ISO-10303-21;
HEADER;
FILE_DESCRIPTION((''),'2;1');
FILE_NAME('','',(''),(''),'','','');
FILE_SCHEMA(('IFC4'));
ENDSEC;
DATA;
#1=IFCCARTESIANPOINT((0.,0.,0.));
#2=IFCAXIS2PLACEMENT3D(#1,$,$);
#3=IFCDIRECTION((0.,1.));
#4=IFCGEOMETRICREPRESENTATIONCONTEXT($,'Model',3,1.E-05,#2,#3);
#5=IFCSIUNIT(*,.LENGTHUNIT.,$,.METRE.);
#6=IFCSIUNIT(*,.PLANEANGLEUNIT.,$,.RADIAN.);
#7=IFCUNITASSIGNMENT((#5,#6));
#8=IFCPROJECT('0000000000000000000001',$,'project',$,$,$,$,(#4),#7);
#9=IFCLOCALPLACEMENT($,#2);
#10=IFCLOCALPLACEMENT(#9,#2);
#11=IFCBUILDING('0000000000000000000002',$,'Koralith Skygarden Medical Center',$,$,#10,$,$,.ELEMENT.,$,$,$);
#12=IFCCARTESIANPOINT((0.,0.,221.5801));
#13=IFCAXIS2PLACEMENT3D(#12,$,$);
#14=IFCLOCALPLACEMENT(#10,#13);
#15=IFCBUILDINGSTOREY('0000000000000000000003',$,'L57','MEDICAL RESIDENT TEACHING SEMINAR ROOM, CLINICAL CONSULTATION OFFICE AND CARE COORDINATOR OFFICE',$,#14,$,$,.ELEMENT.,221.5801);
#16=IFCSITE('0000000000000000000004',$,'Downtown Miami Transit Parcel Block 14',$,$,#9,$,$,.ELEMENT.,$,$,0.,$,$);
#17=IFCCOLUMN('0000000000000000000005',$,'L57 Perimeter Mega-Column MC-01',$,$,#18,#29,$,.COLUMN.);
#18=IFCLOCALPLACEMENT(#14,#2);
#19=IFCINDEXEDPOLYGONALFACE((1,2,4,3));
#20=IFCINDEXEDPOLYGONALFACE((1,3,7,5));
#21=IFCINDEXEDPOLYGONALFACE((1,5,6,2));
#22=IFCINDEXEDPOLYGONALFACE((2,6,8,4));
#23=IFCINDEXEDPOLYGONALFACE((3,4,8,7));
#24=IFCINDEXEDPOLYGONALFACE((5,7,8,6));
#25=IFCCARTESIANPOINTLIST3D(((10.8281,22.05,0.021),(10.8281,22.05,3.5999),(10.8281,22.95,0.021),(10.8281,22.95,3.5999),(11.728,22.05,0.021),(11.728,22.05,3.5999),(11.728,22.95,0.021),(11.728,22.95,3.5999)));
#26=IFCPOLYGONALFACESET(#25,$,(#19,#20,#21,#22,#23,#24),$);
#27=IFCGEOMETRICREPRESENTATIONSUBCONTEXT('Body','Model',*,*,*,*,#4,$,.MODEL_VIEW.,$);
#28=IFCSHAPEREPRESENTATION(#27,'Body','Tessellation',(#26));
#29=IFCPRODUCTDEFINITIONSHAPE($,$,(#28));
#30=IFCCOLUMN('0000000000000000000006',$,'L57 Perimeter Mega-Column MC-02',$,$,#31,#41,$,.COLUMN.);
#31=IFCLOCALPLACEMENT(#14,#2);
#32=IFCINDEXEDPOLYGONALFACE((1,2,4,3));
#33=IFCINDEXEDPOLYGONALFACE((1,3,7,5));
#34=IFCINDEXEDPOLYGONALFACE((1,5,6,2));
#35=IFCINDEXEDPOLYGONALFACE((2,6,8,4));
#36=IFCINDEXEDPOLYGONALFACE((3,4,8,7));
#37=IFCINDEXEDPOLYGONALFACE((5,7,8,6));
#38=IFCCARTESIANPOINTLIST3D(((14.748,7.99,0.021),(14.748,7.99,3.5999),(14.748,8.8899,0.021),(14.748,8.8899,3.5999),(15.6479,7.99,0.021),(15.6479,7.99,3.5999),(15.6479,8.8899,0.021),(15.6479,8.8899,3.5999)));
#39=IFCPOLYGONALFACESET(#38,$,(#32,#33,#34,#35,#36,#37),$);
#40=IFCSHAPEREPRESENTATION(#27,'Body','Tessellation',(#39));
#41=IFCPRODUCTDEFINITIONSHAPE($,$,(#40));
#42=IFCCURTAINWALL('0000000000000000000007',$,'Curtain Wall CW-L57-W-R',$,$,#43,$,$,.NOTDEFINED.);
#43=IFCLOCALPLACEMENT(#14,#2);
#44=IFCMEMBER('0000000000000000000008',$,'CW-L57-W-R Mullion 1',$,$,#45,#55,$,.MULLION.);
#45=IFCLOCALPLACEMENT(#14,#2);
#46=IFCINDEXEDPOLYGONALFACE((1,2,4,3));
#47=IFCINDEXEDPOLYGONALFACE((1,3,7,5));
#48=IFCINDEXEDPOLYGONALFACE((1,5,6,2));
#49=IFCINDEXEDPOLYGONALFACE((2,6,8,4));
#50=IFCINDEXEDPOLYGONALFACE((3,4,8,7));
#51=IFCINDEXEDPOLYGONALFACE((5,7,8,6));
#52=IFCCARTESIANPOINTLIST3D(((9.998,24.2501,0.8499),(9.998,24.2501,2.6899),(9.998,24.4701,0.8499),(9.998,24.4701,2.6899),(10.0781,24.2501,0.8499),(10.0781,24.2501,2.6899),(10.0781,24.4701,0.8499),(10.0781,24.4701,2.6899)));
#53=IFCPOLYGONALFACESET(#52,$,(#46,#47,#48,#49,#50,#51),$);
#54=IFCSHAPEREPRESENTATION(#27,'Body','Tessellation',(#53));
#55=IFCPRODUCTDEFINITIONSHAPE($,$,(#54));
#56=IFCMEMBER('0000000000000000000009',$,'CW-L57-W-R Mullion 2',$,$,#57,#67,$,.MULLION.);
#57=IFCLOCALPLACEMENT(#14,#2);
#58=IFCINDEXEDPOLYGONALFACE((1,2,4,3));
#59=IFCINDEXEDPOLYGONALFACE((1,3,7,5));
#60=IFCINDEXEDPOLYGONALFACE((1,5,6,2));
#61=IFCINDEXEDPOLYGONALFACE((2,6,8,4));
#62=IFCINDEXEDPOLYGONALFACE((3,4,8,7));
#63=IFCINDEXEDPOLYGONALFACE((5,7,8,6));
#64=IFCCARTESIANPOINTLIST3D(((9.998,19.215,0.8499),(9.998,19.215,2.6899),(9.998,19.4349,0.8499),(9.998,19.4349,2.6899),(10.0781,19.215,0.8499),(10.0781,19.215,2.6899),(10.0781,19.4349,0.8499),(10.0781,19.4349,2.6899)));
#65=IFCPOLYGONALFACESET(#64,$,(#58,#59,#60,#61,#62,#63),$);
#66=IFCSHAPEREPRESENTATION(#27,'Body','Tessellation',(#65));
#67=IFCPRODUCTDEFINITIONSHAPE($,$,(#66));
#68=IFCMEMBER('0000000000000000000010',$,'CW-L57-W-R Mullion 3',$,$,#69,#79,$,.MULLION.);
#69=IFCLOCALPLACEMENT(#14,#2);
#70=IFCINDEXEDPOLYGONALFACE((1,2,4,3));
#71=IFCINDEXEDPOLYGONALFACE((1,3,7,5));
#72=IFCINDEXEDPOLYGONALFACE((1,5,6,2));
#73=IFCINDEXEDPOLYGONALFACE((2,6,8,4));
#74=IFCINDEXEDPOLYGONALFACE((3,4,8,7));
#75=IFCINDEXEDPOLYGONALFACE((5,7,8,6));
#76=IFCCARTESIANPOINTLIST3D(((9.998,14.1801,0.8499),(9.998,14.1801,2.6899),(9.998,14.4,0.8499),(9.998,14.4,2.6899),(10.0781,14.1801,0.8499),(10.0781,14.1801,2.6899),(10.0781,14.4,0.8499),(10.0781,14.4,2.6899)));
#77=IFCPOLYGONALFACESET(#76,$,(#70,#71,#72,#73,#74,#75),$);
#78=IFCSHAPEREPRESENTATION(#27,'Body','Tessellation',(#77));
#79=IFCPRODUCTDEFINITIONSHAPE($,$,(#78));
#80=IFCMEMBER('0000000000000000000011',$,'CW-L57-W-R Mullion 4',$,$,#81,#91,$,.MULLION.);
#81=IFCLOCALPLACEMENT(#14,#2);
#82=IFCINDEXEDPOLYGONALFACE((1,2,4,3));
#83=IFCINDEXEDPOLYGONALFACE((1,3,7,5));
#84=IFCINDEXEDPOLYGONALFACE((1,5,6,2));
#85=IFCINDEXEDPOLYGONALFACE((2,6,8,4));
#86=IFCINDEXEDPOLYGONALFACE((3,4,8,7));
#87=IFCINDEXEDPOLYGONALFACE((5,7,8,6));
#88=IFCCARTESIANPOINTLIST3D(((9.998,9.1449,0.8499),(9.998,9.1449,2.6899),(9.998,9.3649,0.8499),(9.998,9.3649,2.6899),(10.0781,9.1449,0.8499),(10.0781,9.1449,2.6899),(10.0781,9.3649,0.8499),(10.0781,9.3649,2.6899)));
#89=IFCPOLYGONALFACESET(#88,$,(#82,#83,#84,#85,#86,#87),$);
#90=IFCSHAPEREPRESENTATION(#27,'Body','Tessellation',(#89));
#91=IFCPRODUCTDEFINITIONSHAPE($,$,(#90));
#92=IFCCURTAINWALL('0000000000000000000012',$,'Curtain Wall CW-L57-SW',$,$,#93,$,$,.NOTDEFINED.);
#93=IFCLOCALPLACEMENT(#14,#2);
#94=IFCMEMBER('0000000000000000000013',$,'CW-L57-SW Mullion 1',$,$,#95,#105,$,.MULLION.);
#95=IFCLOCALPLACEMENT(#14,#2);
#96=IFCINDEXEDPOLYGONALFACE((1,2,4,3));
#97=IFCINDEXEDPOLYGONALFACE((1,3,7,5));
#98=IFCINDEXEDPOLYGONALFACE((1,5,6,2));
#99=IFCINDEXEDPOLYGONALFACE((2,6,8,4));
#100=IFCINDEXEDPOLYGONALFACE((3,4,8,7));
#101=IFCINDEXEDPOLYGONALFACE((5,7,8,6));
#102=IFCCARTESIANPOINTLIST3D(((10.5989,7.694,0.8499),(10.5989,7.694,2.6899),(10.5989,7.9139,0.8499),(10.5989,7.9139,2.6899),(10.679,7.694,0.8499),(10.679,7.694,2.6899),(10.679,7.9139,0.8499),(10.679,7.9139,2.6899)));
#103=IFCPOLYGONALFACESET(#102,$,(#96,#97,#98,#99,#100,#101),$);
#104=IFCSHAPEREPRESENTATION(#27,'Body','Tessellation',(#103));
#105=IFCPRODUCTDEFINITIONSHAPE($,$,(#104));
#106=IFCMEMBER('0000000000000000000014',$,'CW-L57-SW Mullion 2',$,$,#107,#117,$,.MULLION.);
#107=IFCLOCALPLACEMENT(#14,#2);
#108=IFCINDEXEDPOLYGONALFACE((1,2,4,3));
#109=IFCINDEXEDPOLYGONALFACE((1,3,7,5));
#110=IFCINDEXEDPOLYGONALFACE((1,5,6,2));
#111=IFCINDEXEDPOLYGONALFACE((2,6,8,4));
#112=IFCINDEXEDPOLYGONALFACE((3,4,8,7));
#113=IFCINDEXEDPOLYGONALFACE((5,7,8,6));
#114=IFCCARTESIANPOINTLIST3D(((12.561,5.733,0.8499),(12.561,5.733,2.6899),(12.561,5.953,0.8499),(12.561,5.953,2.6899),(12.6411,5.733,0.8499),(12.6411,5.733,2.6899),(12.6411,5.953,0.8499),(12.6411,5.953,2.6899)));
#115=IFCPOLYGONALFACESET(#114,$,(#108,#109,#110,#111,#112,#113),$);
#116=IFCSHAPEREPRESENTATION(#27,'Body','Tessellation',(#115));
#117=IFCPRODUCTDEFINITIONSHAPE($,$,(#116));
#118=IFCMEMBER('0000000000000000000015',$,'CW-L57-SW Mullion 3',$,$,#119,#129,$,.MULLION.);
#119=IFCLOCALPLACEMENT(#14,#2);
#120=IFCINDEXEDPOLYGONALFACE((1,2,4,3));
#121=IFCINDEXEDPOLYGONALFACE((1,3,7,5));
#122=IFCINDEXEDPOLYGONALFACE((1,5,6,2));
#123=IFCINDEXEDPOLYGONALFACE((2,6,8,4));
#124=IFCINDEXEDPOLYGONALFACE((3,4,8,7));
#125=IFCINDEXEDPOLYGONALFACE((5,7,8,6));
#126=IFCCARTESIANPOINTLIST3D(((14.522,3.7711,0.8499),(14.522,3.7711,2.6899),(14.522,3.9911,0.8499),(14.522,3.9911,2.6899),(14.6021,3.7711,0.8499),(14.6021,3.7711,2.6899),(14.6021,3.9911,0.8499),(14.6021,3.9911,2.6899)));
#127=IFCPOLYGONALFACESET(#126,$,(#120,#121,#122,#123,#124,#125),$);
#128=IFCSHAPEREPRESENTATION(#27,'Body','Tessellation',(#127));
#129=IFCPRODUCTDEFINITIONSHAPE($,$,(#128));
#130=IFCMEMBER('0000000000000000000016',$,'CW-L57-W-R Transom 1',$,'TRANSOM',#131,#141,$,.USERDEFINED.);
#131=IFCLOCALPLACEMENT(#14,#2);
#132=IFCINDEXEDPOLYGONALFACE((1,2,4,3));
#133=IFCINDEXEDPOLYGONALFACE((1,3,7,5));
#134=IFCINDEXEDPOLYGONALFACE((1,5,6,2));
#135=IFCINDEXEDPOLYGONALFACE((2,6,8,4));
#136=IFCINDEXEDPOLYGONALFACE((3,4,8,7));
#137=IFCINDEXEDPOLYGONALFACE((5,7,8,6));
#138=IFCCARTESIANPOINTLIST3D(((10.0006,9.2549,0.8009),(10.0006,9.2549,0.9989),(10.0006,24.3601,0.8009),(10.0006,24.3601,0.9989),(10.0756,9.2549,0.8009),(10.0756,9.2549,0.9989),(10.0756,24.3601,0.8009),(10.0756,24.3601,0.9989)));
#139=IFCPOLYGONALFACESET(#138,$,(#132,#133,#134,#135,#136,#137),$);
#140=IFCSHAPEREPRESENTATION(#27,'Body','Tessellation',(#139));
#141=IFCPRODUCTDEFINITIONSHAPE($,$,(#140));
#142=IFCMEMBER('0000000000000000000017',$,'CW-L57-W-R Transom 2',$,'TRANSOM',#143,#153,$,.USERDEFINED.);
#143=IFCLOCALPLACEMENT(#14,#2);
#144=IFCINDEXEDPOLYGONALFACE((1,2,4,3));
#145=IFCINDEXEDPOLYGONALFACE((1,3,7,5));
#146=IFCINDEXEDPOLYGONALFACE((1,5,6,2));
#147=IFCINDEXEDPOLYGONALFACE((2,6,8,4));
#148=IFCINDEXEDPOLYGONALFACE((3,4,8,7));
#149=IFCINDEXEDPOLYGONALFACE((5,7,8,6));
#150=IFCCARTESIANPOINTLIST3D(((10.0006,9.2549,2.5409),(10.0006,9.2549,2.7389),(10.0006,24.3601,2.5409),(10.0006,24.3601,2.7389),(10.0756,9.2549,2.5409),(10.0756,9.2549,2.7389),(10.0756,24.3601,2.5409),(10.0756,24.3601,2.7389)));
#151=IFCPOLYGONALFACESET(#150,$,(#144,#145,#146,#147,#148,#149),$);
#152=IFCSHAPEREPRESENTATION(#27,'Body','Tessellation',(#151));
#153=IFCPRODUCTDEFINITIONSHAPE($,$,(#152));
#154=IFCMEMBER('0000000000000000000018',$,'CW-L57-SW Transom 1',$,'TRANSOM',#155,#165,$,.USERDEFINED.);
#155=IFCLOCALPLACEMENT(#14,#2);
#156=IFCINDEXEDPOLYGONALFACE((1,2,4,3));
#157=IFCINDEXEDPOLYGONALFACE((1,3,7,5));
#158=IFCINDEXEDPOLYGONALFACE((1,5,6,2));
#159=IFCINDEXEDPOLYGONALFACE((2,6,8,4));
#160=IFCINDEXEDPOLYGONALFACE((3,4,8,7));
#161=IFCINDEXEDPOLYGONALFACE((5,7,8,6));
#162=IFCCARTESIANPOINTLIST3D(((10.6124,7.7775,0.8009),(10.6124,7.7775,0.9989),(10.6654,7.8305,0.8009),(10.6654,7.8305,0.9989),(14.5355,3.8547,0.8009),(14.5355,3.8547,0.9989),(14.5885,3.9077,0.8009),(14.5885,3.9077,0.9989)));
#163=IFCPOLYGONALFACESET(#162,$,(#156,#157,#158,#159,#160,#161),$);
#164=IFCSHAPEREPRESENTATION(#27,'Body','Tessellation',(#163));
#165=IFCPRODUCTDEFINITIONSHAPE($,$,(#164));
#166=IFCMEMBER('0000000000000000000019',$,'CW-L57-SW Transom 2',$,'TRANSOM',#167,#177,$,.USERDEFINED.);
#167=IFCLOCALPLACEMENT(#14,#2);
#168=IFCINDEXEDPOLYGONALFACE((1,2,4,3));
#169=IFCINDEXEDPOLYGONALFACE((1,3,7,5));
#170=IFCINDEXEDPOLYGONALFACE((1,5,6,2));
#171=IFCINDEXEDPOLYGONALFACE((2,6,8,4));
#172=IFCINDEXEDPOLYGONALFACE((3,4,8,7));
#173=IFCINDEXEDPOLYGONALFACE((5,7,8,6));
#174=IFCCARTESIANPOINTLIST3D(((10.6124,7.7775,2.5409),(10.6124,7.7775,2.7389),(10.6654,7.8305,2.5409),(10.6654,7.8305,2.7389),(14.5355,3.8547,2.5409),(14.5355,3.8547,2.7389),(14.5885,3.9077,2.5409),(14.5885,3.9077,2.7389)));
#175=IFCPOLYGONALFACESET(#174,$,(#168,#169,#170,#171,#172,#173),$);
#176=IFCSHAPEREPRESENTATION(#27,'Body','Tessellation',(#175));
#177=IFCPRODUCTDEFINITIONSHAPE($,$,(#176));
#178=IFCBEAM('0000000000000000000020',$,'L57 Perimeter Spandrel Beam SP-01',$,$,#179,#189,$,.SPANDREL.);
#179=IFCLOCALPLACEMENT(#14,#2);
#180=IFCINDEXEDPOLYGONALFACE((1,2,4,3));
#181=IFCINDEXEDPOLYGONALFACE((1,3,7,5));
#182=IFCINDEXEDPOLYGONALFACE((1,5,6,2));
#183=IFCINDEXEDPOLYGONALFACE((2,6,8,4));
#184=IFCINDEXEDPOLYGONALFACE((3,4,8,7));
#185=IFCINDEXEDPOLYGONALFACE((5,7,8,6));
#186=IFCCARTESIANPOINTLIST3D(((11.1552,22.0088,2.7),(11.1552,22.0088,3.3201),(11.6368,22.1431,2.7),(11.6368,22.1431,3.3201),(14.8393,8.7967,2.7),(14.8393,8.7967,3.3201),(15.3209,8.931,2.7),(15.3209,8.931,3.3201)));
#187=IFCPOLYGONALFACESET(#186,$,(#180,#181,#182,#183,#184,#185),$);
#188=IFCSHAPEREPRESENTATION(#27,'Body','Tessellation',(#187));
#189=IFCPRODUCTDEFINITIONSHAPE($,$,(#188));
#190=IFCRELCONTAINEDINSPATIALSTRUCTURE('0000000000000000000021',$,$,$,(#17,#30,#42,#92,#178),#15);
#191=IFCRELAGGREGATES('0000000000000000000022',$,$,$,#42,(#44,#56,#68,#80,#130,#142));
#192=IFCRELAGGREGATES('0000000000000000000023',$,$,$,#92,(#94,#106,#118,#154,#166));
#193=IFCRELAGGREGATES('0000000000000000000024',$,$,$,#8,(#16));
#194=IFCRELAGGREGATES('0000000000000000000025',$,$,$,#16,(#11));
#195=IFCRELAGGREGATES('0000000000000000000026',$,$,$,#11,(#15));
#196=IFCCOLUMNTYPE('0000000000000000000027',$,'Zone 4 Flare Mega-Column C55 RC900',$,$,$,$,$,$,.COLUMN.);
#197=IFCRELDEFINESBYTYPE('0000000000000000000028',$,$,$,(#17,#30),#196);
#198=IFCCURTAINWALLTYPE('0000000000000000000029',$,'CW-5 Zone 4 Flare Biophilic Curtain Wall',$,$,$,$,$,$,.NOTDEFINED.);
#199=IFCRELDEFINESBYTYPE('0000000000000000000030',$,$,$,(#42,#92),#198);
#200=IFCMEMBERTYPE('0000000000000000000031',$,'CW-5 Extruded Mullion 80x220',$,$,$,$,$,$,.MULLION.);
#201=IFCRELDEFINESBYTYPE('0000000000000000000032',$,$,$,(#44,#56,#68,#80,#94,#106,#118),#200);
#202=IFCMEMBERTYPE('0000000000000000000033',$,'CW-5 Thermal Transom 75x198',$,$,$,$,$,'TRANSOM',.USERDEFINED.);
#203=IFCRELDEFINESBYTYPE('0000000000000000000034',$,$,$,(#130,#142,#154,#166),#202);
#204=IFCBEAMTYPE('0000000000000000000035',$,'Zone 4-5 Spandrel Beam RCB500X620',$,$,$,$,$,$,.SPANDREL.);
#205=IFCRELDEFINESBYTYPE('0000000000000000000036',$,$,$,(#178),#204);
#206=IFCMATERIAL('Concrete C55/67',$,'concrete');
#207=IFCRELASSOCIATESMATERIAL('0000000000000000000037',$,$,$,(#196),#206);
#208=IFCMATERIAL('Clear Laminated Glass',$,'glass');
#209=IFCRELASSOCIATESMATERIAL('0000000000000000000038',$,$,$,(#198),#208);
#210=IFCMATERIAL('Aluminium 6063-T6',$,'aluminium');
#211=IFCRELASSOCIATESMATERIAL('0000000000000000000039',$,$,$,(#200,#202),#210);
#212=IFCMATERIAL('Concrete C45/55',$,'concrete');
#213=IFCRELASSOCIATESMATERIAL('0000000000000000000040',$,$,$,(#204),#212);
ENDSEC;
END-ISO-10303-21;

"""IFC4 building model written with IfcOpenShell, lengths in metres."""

from ifc_helpers import new_model, si_unit, direction, frame, origin, origin_2d, place, context, subcontext, project, spatial, rectangle, extrude, material, material_profile, profile_set, type_object, element, aggregate, save


model = new_model("IFC4")

# Units and contexts
model_context = context("Model", 3, precision=1e-05, world=origin(), true_north=direction((0.0, 1.0)))
body_context = subcontext(model_context, "Body", "Model", "MODEL_VIEW")
ifc_project = project(units=[si_unit("LENGTHUNIT", "METRE"), si_unit("PLANEANGLEUNIT", "RADIAN")], contexts=[model_context])

# Site, building, storey
site_placement = place(None, origin())
site = spatial("IfcSite", under=ifc_project, at=site_placement, Name="Downtown Miami Transit Parcel Block 14", CompositionType="ELEMENT", RefElevation=0.0)
building_placement = place(site_placement, origin())
building = spatial("IfcBuilding", under=site, at=building_placement, Name="Koralith Skygarden Medical Center", CompositionType="ELEMENT")
storey_placement = place(building_placement, frame((0.0, 0.0, 221.5801)))
storey = spatial("IfcBuildingStorey", under=building, at=storey_placement, Name="L57", Description="MEDICAL RESIDENT TEACHING SEMINAR ROOM, CLINICAL CONSULTATION OFFICE AND CARE COORDINATOR OFFICE", CompositionType="ELEMENT", Elevation=221.5801)

# Columns
ifc_material_1 = material(Name="Concrete C55/67", Category="concrete")
ifc_material_profile_1 = material_profile(ifc_material_1, rectangle(XDim=0.8999, YDim=0.8999, at=origin_2d()), Name="RC900X900")
ifc_profile_set_1 = profile_set([ifc_material_profile_1], Name="Concrete C55/67")
column_type = type_object("IfcColumnType", Name="Zone 4 Flare Mega-Column C55 RC900", PredefinedType="COLUMN", material=ifc_profile_set_1)
for number, where, z_axis, x_axis, name in (
    (1, (11.2781, 22.5, 0.021), (0.0, 0.0, 1.0), (1.0, 0.0, 0.0), "L57 Perimeter Mega-Column MC-01"),
    (2, (15.198, 8.4399, 0.021), (0.0, 0.0, 1.0), (1.0, 0.0, 0.0), "L57 Perimeter Mega-Column MC-02"),
):
    element("IfcColumn", number, at=place(storey_placement, frame(where, z_axis=z_axis, x_axis=x_axis)), inside=storey, type_object=column_type, Name=name, PredefinedType="COLUMN", context=body_context, shape_type="SweptSolid", body=[
        extrude(rectangle(XDim=0.8999, YDim=0.8999, at=origin_2d()), origin(), (0.0, 0.0, 1.0), 3.5789),
    ])

# Curtain walls, members
ifc_material_2 = material(Name="Clear Laminated Glass", Category="glass")
curtain_wall_type = type_object("IfcCurtainWallType", Name="CW-5 Zone 4 Flare Biophilic Curtain Wall", PredefinedType="NOTDEFINED", material=ifc_material_2)
curtain_wall_1_placement = place(storey_placement, origin())
curtain_wall_1 = element("IfcCurtainWall", 3, at=curtain_wall_1_placement, inside=storey, type_object=curtain_wall_type, Name="Curtain Wall CW-L57-W-R", PredefinedType="NOTDEFINED")
ifc_material_3 = material(Name="Aluminium 6063-T6", Category="aluminium")
ifc_material_profile_2 = material_profile(ifc_material_3, rectangle(XDim=0.0801, YDim=0.22, at=origin_2d()), Name="MUL80X220")
ifc_profile_set_2 = profile_set([ifc_material_profile_2], Name="Aluminium 6063-T6")
member_type_1 = type_object("IfcMemberType", Name="CW-5 Extruded Mullion 80x220", PredefinedType="MULLION", material=ifc_profile_set_2)
member_1_placement = place(storey_placement, frame((10.0381, 24.3601, 0.8499), z_axis=(0.0, 0.0, 1.0), x_axis=(1.0, 0.0, 0.0)))
member_1 = element("IfcMember", 4, at=member_1_placement, type_object=member_type_1, Name="CW-L57-W-R Mullion 1", PredefinedType="MULLION", context=body_context, shape_type="SweptSolid", body=[
    extrude(rectangle(XDim=0.0801, YDim=0.22, at=origin_2d()), origin(), (0.0, 0.0, 1.0), 1.8401),
])
member_2_placement = place(storey_placement, frame((10.0381, 19.325, 0.8499), z_axis=(0.0, 0.0, 1.0), x_axis=(1.0, 0.0, 0.0)))
member_2 = element("IfcMember", 5, at=member_2_placement, type_object=member_type_1, Name="CW-L57-W-R Mullion 2", PredefinedType="MULLION", context=body_context, shape_type="SweptSolid", body=[
    extrude(rectangle(XDim=0.0801, YDim=0.22, at=origin_2d()), origin(), (0.0, 0.0, 1.0), 1.8401),
])
member_3_placement = place(storey_placement, frame((10.0381, 14.29, 0.8499), z_axis=(0.0, 0.0, 1.0), x_axis=(1.0, 0.0, 0.0)))
member_3 = element("IfcMember", 6, at=member_3_placement, type_object=member_type_1, Name="CW-L57-W-R Mullion 3", PredefinedType="MULLION", context=body_context, shape_type="SweptSolid", body=[
    extrude(rectangle(XDim=0.0801, YDim=0.22, at=origin_2d()), origin(), (0.0, 0.0, 1.0), 1.8401),
])
member_4_placement = place(storey_placement, frame((10.0381, 9.2549, 0.8499), z_axis=(0.0, 0.0, 1.0), x_axis=(1.0, 0.0, 0.0)))
member_4 = element("IfcMember", 7, at=member_4_placement, type_object=member_type_1, Name="CW-L57-W-R Mullion 4", PredefinedType="MULLION", context=body_context, shape_type="SweptSolid", body=[
    extrude(rectangle(XDim=0.0801, YDim=0.22, at=origin_2d()), origin(), (0.0, 0.0, 1.0), 1.8401),
])
curtain_wall_2_placement = place(storey_placement, origin())
curtain_wall_2 = element("IfcCurtainWall", 8, at=curtain_wall_2_placement, inside=storey, type_object=curtain_wall_type, Name="Curtain Wall CW-L57-SW", PredefinedType="NOTDEFINED")
member_5_placement = place(storey_placement, frame((10.6389, 7.804, 0.8499), z_axis=(0.0, 0.0, 1.0), x_axis=(1.0, 0.0, 0.0)))
member_5 = element("IfcMember", 9, at=member_5_placement, type_object=member_type_1, Name="CW-L57-SW Mullion 1", PredefinedType="MULLION", context=body_context, shape_type="SweptSolid", body=[
    extrude(rectangle(XDim=0.0801, YDim=0.22, at=origin_2d()), origin(), (0.0, 0.0, 1.0), 1.8401),
])
member_6_placement = place(storey_placement, frame((12.6011, 5.843, 0.8499), z_axis=(0.0, 0.0, 1.0), x_axis=(1.0, 0.0, 0.0)))
member_6 = element("IfcMember", 10, at=member_6_placement, type_object=member_type_1, Name="CW-L57-SW Mullion 2", PredefinedType="MULLION", context=body_context, shape_type="SweptSolid", body=[
    extrude(rectangle(XDim=0.0801, YDim=0.22, at=origin_2d()), origin(), (0.0, 0.0, 1.0), 1.8401),
])
member_7_placement = place(storey_placement, frame((14.562, 3.8811, 0.8499), z_axis=(0.0, 0.0, 1.0), x_axis=(1.0, 0.0, 0.0)))
member_7 = element("IfcMember", 11, at=member_7_placement, type_object=member_type_1, Name="CW-L57-SW Mullion 3", PredefinedType="MULLION", context=body_context, shape_type="SweptSolid", body=[
    extrude(rectangle(XDim=0.0801, YDim=0.22, at=origin_2d()), origin(), (0.0, 0.0, 1.0), 1.8401),
])

# Members
ifc_material_profile_3 = material_profile(ifc_material_3, rectangle(XDim=0.075, YDim=0.198, at=origin_2d()), Name="TRN75X198")
ifc_profile_set_3 = profile_set([ifc_material_profile_3], Name="Aluminium 6063-T6")
member_type_2 = type_object("IfcMemberType", Name="CW-5 Thermal Transom 75x198", ElementType="TRANSOM", PredefinedType="USERDEFINED", material=ifc_profile_set_3)
member_8_placement = place(storey_placement, frame((10.0381, 24.3601, 0.8999), z_axis=(0.0, -1.0, 0.0), x_axis=(1.0, 0.0, 0.0)))
member_8 = element("IfcMember", 12, at=member_8_placement, type_object=member_type_2, Name="CW-L57-W-R Transom 1", ObjectType="TRANSOM", PredefinedType="USERDEFINED", context=body_context, shape_type="SweptSolid", body=[
    extrude(rectangle(XDim=0.075, YDim=0.198, at=origin_2d()), origin(), (0.0, 0.0, 1.0), 15.1052),
])
member_9_placement = place(storey_placement, frame((10.0381, 24.3601, 2.6399), z_axis=(0.0, -1.0, 0.0), x_axis=(1.0, 0.0, 0.0)))
member_9 = element("IfcMember", 13, at=member_9_placement, type_object=member_type_2, Name="CW-L57-W-R Transom 2", ObjectType="TRANSOM", PredefinedType="USERDEFINED", context=body_context, shape_type="SweptSolid", body=[
    extrude(rectangle(XDim=0.075, YDim=0.198, at=origin_2d()), origin(), (0.0, 0.0, 1.0), 15.1052),
])
member_10_placement = place(storey_placement, frame((10.6389, 7.804, 0.8999), z_axis=(0.707129, -0.707085, 0.0), x_axis=(0.707085, 0.707129, 0.0)))
member_10 = element("IfcMember", 14, at=member_10_placement, type_object=member_type_2, Name="CW-L57-SW Transom 1", ObjectType="TRANSOM", PredefinedType="USERDEFINED", context=body_context, shape_type="SweptSolid", body=[
    extrude(rectangle(XDim=0.075, YDim=0.198, at=origin_2d()), origin(), (0.0, 0.0, 1.0), 5.5479),
])
member_11_placement = place(storey_placement, frame((10.6389, 7.804, 2.6399), z_axis=(0.707129, -0.707085, 0.0), x_axis=(0.707085, 0.707129, 0.0)))
member_11 = element("IfcMember", 15, at=member_11_placement, type_object=member_type_2, Name="CW-L57-SW Transom 2", ObjectType="TRANSOM", PredefinedType="USERDEFINED", context=body_context, shape_type="SweptSolid", body=[
    extrude(rectangle(XDim=0.075, YDim=0.198, at=origin_2d()), origin(), (0.0, 0.0, 1.0), 5.5479),
])

# Beam
ifc_material_4 = material(Name="Concrete C45/55", Category="concrete")
ifc_material_profile_4 = material_profile(ifc_material_4, rectangle(XDim=0.5, YDim=0.6201, at=origin_2d()), Name="RCB500X620")
ifc_profile_set_4 = profile_set([ifc_material_profile_4], Name="Concrete C45/55")
beam_type = type_object("IfcBeamType", Name="Zone 4-5 Spandrel Beam RCB500X620", PredefinedType="SPANDREL", material=ifc_profile_set_4)
beam_placement = place(storey_placement, frame((11.396, 22.0759, 3.01), z_axis=(0.268598, -0.963252, 0.0), x_axis=(0.963252, 0.268598, 0.0)))
element("IfcBeam", 16, at=beam_placement, inside=storey, type_object=beam_type, Name="L57 Perimeter Spandrel Beam SP-01", PredefinedType="SPANDREL", context=body_context, shape_type="SweptSolid", body=[
    extrude(rectangle(XDim=0.5, YDim=0.6201, at=origin_2d()), origin(), (0.0, 0.0, 1.0), 13.7161),
])

aggregate(curtain_wall_1, [member_1, member_2, member_3, member_4, member_8, member_9])
aggregate(curtain_wall_2, [member_5, member_6, member_7, member_10, member_11])

save(model, "model.ifc")
